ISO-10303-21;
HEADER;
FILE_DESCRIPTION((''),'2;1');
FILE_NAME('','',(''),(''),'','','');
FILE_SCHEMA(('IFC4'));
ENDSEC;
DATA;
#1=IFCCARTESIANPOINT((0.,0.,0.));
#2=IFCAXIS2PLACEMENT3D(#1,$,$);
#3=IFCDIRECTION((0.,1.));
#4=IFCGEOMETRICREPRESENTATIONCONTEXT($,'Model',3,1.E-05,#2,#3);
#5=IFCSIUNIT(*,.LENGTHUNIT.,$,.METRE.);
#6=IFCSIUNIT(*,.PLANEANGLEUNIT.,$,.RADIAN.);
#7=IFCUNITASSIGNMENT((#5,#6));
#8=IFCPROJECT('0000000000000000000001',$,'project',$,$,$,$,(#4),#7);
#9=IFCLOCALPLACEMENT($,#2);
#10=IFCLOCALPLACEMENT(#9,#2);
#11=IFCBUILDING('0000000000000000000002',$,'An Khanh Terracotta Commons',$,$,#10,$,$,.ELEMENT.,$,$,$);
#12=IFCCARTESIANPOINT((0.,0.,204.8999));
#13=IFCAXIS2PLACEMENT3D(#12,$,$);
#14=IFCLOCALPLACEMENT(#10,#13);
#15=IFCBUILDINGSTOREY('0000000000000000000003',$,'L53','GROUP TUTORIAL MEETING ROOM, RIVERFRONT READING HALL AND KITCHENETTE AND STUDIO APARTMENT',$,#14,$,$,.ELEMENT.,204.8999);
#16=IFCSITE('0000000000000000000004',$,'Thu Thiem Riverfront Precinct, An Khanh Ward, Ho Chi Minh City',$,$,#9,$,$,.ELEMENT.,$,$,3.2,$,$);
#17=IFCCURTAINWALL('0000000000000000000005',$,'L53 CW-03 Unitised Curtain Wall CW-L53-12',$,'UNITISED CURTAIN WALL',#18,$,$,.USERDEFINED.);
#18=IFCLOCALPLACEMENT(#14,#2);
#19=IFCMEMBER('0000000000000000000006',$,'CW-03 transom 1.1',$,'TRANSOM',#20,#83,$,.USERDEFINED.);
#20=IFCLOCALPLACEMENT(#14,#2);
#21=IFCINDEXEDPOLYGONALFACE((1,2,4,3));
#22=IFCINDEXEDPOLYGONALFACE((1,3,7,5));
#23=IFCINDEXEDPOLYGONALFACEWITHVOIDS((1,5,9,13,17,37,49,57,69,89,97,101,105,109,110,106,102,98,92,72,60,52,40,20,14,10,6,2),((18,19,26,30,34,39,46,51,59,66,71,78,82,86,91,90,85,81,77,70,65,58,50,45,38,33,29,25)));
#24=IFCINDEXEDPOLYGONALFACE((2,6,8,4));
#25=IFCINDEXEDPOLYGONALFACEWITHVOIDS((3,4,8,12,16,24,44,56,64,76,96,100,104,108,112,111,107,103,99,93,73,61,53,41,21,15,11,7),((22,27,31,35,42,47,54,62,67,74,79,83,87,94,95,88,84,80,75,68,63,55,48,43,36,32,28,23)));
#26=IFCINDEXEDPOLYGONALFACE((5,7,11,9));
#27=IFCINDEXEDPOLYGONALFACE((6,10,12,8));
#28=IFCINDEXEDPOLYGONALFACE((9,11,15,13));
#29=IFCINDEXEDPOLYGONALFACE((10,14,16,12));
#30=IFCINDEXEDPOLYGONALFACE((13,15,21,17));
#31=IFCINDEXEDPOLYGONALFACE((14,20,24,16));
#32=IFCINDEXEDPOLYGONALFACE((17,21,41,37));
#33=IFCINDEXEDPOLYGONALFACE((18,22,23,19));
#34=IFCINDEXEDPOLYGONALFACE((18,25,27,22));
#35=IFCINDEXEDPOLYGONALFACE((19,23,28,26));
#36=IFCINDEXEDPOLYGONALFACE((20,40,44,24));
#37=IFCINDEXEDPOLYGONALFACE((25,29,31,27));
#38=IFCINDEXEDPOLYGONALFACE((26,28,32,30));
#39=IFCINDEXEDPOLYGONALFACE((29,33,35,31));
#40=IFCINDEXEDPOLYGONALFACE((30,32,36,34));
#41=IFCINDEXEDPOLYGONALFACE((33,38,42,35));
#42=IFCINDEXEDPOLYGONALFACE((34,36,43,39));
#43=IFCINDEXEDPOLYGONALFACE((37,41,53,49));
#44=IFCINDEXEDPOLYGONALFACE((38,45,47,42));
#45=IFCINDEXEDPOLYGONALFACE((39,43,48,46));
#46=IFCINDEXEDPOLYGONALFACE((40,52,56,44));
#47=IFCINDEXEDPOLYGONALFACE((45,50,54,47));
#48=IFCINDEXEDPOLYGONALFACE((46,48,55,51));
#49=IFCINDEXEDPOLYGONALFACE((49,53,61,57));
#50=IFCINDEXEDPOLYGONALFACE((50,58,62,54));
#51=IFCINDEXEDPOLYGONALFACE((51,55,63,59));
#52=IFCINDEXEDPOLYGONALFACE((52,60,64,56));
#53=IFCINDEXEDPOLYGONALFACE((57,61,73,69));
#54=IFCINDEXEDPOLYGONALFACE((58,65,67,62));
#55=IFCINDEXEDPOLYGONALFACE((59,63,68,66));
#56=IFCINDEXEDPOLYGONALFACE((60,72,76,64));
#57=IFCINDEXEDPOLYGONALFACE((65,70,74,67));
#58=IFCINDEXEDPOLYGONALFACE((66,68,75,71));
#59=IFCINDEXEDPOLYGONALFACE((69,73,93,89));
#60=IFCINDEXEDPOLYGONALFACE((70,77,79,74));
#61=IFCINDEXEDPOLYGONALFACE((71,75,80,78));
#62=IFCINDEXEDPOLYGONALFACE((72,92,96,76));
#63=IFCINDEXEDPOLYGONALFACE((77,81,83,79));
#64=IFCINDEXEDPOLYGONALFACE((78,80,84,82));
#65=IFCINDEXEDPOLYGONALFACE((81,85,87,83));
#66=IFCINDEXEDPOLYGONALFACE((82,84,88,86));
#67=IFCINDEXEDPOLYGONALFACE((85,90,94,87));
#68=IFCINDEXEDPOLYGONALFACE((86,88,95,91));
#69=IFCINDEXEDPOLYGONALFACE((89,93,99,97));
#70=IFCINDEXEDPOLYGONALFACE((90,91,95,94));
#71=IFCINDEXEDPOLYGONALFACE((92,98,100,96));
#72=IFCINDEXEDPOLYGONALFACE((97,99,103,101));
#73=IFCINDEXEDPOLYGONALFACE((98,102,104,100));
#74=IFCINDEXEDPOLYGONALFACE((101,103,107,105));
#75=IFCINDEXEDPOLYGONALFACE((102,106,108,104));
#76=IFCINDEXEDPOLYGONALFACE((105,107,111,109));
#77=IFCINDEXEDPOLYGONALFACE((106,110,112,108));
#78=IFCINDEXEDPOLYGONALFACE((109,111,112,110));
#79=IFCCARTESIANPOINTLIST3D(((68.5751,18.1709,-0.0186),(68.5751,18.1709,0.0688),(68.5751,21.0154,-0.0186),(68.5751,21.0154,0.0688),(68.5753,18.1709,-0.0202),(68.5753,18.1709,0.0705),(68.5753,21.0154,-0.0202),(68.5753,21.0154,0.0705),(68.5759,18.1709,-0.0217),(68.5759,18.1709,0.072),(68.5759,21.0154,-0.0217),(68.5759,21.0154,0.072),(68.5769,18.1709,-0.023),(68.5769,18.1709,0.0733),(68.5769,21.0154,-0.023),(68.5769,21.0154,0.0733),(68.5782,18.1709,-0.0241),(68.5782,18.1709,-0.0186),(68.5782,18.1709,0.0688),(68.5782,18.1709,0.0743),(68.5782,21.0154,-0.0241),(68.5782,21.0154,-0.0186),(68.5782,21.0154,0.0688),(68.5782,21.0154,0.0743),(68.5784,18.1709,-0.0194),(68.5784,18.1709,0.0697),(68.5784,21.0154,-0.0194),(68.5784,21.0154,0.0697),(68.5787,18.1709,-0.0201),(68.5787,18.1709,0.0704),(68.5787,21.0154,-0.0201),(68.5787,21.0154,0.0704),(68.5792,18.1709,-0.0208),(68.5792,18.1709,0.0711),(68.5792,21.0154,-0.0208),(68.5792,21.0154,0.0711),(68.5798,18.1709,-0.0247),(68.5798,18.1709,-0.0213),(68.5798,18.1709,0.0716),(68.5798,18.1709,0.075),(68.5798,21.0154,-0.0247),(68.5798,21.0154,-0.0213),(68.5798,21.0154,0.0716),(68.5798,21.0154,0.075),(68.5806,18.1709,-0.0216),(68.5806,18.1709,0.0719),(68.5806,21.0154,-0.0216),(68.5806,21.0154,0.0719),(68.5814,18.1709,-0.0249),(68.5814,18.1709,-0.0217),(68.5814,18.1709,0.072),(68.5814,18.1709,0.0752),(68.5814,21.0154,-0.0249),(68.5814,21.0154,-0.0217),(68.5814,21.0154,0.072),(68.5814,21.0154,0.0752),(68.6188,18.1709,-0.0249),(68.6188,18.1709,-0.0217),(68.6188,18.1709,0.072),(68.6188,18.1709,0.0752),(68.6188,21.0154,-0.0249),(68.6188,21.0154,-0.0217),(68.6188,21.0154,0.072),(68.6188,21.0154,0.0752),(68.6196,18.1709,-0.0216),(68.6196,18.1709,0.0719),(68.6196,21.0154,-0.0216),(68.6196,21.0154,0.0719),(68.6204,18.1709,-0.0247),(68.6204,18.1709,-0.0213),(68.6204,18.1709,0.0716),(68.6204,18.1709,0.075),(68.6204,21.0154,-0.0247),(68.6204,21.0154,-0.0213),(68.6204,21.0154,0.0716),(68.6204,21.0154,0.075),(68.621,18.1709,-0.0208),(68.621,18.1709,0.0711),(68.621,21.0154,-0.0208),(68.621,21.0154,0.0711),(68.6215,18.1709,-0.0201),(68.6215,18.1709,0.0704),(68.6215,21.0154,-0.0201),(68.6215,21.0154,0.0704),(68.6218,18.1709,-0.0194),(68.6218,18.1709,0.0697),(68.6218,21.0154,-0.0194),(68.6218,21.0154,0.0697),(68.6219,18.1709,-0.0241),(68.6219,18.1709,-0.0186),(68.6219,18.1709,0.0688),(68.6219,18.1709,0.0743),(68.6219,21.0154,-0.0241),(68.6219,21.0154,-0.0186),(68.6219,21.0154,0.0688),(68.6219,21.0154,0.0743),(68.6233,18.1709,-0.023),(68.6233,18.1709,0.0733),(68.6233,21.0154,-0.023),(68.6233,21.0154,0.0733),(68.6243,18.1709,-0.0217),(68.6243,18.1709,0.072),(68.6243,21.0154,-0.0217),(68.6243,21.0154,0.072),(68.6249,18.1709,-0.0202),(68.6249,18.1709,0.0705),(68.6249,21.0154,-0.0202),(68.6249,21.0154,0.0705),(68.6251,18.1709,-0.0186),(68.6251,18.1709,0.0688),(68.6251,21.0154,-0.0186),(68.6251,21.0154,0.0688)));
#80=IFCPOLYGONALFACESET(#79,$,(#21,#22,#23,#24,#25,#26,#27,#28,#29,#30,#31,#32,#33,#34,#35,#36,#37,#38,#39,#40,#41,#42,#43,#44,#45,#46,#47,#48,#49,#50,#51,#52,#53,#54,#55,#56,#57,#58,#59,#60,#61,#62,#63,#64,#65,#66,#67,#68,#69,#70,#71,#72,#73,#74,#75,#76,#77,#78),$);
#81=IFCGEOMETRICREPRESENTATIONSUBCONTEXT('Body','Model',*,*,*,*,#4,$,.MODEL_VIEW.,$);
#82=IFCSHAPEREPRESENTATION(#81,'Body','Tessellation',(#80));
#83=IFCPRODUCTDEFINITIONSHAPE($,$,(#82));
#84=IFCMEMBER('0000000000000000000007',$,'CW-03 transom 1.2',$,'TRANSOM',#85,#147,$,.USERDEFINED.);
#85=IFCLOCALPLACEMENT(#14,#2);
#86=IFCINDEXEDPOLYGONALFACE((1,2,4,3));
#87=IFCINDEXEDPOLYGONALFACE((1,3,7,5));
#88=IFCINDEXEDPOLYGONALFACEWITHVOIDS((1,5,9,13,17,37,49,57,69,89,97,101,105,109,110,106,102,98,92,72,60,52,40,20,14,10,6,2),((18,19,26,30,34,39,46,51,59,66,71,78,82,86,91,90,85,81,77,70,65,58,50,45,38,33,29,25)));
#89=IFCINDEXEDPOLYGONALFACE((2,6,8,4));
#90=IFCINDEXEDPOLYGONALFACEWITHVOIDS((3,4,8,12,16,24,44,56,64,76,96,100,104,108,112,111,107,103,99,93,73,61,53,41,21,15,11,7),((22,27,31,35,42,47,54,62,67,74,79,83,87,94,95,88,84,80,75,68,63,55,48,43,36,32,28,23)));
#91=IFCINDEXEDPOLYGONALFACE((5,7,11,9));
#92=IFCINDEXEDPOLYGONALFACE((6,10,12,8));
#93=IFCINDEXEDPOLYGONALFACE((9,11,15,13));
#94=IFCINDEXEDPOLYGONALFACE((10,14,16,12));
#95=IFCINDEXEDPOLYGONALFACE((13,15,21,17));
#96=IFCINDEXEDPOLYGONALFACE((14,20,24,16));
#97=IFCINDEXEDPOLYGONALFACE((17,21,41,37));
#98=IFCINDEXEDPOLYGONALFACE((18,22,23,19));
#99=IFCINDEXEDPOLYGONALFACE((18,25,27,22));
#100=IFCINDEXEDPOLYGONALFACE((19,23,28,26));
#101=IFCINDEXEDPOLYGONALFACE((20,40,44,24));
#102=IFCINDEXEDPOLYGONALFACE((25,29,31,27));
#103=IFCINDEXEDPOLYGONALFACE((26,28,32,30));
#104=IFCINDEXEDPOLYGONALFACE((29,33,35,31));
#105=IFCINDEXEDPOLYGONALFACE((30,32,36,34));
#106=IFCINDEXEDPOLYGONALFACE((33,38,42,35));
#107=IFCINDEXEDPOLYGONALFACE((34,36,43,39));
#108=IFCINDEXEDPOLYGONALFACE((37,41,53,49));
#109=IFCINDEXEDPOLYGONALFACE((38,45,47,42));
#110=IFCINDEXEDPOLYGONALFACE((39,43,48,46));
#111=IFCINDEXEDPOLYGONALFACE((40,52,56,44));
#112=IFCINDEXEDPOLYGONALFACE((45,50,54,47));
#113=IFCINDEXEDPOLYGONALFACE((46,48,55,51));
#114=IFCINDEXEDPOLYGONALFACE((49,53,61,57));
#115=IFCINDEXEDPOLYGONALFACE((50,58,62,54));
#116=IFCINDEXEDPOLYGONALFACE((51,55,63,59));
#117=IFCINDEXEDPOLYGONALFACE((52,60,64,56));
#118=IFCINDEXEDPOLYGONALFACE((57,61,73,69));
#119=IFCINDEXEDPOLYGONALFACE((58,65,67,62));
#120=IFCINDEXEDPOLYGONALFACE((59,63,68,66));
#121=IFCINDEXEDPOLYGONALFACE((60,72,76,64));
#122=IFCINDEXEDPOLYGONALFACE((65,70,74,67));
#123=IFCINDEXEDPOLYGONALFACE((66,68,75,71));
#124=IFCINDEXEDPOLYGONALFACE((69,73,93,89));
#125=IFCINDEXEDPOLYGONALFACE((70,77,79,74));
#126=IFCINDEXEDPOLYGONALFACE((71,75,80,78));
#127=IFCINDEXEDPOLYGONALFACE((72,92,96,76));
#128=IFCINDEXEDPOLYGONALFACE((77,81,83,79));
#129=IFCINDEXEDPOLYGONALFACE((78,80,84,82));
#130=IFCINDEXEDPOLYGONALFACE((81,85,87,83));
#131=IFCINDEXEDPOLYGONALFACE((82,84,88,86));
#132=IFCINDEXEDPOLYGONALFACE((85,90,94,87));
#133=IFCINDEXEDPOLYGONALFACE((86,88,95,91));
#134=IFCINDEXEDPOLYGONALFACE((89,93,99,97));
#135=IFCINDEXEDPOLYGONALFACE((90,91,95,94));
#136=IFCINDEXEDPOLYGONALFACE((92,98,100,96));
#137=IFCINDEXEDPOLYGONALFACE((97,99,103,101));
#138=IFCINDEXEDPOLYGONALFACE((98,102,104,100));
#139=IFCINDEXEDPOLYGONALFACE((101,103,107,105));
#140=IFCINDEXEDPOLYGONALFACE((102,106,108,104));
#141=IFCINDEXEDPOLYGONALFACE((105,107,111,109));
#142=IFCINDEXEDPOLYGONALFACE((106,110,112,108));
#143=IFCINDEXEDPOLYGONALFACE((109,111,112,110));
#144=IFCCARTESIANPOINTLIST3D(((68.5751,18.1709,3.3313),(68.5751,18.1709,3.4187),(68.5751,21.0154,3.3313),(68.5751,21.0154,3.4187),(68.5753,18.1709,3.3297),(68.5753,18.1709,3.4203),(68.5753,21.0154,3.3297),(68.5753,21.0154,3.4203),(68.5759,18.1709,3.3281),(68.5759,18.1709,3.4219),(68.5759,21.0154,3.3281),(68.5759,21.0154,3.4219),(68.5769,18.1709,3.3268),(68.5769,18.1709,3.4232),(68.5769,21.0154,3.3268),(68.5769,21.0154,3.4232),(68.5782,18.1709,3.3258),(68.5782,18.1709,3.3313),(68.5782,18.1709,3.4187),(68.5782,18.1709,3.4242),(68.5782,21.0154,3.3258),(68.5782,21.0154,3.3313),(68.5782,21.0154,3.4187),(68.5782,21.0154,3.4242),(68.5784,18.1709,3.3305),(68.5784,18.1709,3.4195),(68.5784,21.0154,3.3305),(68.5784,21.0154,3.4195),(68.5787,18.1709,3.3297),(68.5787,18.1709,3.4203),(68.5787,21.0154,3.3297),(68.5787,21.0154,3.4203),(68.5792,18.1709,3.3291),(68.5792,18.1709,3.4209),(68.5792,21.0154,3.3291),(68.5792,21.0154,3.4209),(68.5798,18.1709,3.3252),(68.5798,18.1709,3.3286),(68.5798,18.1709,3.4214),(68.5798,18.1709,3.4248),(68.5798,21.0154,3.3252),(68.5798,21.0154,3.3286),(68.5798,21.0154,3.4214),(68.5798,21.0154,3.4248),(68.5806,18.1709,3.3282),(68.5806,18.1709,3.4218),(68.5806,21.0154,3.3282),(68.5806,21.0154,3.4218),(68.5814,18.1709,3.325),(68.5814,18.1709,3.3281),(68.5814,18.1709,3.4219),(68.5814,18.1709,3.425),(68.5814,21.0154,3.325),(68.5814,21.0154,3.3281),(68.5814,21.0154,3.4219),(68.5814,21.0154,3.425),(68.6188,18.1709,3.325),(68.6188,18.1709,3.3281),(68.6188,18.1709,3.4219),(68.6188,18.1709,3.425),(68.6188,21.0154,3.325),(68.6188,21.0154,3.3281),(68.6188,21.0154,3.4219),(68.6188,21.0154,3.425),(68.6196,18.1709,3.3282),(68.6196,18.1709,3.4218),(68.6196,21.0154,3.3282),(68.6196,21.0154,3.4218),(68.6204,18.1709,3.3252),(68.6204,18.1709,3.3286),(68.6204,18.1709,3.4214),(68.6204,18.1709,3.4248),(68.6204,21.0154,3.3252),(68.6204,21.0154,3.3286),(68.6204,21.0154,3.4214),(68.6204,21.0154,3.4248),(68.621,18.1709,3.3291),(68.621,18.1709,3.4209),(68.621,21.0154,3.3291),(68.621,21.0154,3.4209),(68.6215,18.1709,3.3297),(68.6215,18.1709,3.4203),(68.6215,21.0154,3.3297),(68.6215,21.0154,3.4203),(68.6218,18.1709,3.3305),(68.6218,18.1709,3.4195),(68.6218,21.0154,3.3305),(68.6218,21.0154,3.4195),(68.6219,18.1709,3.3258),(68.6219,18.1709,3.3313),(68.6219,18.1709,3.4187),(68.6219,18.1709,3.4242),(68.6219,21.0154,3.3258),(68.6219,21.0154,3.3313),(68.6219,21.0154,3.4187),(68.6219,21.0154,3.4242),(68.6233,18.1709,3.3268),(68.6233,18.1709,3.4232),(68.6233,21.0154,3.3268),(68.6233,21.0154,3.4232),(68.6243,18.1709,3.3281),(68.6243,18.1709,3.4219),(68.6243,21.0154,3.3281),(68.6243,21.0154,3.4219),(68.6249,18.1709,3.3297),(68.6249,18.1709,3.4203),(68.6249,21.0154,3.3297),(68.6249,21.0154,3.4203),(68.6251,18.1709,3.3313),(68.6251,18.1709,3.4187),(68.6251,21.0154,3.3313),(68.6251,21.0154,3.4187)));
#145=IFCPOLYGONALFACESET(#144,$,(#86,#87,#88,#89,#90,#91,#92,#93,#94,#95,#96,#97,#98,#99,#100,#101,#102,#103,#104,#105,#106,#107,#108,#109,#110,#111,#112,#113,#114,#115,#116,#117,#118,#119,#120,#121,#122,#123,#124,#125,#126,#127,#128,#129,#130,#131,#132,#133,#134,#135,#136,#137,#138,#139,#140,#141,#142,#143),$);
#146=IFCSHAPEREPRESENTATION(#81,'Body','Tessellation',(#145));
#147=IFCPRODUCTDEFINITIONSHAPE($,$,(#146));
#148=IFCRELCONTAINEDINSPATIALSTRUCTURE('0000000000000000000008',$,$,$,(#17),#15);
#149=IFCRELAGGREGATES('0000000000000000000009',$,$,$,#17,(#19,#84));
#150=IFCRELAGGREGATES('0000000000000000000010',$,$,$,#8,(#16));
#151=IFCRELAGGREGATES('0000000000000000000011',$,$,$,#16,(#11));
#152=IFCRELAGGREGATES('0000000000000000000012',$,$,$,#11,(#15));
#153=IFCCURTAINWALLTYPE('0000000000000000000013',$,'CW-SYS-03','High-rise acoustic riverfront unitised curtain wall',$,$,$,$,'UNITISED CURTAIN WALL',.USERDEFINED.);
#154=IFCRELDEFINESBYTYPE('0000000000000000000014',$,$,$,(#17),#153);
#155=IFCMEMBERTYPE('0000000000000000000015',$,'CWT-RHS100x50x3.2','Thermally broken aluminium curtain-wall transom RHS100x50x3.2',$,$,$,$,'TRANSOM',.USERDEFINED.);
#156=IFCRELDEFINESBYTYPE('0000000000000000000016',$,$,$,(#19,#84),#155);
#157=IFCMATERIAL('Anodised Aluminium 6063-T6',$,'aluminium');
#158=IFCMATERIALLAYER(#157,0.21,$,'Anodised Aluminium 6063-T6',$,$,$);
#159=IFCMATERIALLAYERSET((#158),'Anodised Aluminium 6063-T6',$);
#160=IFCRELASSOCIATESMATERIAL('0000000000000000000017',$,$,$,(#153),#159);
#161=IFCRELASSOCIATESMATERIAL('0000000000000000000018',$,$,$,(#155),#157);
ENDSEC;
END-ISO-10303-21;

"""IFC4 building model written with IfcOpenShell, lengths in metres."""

from ifc_helpers import new_model, si_unit, direction, frame, origin, origin_2d, place, context, subcontext, project, spatial, hollow_rectangle, extrude, material, layer, layer_set, material_profile, profile_set, type_object, element, aggregate, save


model = new_model("IFC4")

# Units and contexts
model_context = context("Model", 3, precision=1e-05, world=origin(), true_north=direction((0.0, 1.0)))
body_context = subcontext(model_context, "Body", "Model", "MODEL_VIEW")
ifc_project = project(units=[si_unit("LENGTHUNIT", "METRE"), si_unit("PLANEANGLEUNIT", "RADIAN")], contexts=[model_context])

# Site, building, storey
site_placement = place(None, origin())
site = spatial("IfcSite", under=ifc_project, at=site_placement, Name="Thu Thiem Riverfront Precinct, An Khanh Ward, Ho Chi Minh City", CompositionType="ELEMENT", RefElevation=3.2)
building_placement = place(site_placement, origin())
building = spatial("IfcBuilding", under=site, at=building_placement, Name="An Khanh Terracotta Commons", CompositionType="ELEMENT")
storey_placement = place(building_placement, frame((0.0, 0.0, 204.8999)))
storey = spatial("IfcBuildingStorey", under=building, at=storey_placement, Name="L53", Description="GROUP TUTORIAL MEETING ROOM, RIVERFRONT READING HALL AND KITCHENETTE AND STUDIO APARTMENT", CompositionType="ELEMENT", Elevation=204.8999)

# Curtain wall
ifc_material_1 = material(Name="Anodised Aluminium 6063-T6", Category="aluminium")
ifc_layer_1 = layer(ifc_material_1, 0.21, Name="Anodised Aluminium 6063-T6")
ifc_layer_set_1 = layer_set([ifc_layer_1], Name="Anodised Aluminium 6063-T6")
curtain_wall_type = type_object("IfcCurtainWallType", Name="CW-SYS-03", Description="High-rise acoustic riverfront unitised curtain wall", ElementType="UNITISED CURTAIN WALL", PredefinedType="USERDEFINED", material=ifc_layer_set_1)
curtain_wall_1_placement = place(storey_placement, origin())
curtain_wall_1 = element("IfcCurtainWall", 1, at=curtain_wall_1_placement, inside=storey, type_object=curtain_wall_type, Name="L53 CW-03 Unitised Curtain Wall CW-L53-12", ObjectType="UNITISED CURTAIN WALL", PredefinedType="USERDEFINED")

# Members
ifc_material_profile_1 = material_profile(ifc_material_1, hollow_rectangle(XDim=0.05, YDim=0.1001, WallThickness=0.0032, InnerFilletRadius=0.0032, OuterFilletRadius=0.0063, at=origin_2d()), Name="RHS100x50x3.2")
ifc_profile_set_1 = profile_set([ifc_material_profile_1], Name="Anodised Aluminium 6063-T6")
member_type_1 = type_object("IfcMemberType", Name="CWT-RHS100x50x3.2", Description="Thermally broken aluminium curtain-wall transom RHS100x50x3.2", ElementType="TRANSOM", PredefinedType="USERDEFINED", material=ifc_profile_set_1)
member_1_placement = place(storey_placement, frame((68.6001, 18.1709, 0.0251), z_axis=(0.0, 1.0, 0.0), x_axis=(-1.0, 0.0, 0.0)))
member_1 = element("IfcMember", 2, at=member_1_placement, type_object=member_type_1, Name="CW-03 transom 1.1", ObjectType="TRANSOM", PredefinedType="USERDEFINED", context=body_context, shape_type="SweptSolid", body=[
    extrude(hollow_rectangle(XDim=0.05, YDim=0.1001, WallThickness=0.0032, InnerFilletRadius=0.0032, OuterFilletRadius=0.0063, at=origin_2d()), origin(), (0.0, 0.0, 1.0), 2.8445),
])
member_2_placement = place(storey_placement, frame((68.6001, 18.1709, 3.375), z_axis=(0.0, 1.0, 0.0), x_axis=(-1.0, 0.0, 0.0)))
member_2 = element("IfcMember", 3, at=member_2_placement, type_object=member_type_1, Name="CW-03 transom 1.2", ObjectType="TRANSOM", PredefinedType="USERDEFINED", context=body_context, shape_type="SweptSolid", body=[
    extrude(hollow_rectangle(XDim=0.05, YDim=0.1001, WallThickness=0.0032, InnerFilletRadius=0.0032, OuterFilletRadius=0.0063, at=origin_2d()), origin(), (0.0, 0.0, 1.0), 2.8445),
])

aggregate(curtain_wall_1, [member_1, member_2])

save(model, "model.ifc")
